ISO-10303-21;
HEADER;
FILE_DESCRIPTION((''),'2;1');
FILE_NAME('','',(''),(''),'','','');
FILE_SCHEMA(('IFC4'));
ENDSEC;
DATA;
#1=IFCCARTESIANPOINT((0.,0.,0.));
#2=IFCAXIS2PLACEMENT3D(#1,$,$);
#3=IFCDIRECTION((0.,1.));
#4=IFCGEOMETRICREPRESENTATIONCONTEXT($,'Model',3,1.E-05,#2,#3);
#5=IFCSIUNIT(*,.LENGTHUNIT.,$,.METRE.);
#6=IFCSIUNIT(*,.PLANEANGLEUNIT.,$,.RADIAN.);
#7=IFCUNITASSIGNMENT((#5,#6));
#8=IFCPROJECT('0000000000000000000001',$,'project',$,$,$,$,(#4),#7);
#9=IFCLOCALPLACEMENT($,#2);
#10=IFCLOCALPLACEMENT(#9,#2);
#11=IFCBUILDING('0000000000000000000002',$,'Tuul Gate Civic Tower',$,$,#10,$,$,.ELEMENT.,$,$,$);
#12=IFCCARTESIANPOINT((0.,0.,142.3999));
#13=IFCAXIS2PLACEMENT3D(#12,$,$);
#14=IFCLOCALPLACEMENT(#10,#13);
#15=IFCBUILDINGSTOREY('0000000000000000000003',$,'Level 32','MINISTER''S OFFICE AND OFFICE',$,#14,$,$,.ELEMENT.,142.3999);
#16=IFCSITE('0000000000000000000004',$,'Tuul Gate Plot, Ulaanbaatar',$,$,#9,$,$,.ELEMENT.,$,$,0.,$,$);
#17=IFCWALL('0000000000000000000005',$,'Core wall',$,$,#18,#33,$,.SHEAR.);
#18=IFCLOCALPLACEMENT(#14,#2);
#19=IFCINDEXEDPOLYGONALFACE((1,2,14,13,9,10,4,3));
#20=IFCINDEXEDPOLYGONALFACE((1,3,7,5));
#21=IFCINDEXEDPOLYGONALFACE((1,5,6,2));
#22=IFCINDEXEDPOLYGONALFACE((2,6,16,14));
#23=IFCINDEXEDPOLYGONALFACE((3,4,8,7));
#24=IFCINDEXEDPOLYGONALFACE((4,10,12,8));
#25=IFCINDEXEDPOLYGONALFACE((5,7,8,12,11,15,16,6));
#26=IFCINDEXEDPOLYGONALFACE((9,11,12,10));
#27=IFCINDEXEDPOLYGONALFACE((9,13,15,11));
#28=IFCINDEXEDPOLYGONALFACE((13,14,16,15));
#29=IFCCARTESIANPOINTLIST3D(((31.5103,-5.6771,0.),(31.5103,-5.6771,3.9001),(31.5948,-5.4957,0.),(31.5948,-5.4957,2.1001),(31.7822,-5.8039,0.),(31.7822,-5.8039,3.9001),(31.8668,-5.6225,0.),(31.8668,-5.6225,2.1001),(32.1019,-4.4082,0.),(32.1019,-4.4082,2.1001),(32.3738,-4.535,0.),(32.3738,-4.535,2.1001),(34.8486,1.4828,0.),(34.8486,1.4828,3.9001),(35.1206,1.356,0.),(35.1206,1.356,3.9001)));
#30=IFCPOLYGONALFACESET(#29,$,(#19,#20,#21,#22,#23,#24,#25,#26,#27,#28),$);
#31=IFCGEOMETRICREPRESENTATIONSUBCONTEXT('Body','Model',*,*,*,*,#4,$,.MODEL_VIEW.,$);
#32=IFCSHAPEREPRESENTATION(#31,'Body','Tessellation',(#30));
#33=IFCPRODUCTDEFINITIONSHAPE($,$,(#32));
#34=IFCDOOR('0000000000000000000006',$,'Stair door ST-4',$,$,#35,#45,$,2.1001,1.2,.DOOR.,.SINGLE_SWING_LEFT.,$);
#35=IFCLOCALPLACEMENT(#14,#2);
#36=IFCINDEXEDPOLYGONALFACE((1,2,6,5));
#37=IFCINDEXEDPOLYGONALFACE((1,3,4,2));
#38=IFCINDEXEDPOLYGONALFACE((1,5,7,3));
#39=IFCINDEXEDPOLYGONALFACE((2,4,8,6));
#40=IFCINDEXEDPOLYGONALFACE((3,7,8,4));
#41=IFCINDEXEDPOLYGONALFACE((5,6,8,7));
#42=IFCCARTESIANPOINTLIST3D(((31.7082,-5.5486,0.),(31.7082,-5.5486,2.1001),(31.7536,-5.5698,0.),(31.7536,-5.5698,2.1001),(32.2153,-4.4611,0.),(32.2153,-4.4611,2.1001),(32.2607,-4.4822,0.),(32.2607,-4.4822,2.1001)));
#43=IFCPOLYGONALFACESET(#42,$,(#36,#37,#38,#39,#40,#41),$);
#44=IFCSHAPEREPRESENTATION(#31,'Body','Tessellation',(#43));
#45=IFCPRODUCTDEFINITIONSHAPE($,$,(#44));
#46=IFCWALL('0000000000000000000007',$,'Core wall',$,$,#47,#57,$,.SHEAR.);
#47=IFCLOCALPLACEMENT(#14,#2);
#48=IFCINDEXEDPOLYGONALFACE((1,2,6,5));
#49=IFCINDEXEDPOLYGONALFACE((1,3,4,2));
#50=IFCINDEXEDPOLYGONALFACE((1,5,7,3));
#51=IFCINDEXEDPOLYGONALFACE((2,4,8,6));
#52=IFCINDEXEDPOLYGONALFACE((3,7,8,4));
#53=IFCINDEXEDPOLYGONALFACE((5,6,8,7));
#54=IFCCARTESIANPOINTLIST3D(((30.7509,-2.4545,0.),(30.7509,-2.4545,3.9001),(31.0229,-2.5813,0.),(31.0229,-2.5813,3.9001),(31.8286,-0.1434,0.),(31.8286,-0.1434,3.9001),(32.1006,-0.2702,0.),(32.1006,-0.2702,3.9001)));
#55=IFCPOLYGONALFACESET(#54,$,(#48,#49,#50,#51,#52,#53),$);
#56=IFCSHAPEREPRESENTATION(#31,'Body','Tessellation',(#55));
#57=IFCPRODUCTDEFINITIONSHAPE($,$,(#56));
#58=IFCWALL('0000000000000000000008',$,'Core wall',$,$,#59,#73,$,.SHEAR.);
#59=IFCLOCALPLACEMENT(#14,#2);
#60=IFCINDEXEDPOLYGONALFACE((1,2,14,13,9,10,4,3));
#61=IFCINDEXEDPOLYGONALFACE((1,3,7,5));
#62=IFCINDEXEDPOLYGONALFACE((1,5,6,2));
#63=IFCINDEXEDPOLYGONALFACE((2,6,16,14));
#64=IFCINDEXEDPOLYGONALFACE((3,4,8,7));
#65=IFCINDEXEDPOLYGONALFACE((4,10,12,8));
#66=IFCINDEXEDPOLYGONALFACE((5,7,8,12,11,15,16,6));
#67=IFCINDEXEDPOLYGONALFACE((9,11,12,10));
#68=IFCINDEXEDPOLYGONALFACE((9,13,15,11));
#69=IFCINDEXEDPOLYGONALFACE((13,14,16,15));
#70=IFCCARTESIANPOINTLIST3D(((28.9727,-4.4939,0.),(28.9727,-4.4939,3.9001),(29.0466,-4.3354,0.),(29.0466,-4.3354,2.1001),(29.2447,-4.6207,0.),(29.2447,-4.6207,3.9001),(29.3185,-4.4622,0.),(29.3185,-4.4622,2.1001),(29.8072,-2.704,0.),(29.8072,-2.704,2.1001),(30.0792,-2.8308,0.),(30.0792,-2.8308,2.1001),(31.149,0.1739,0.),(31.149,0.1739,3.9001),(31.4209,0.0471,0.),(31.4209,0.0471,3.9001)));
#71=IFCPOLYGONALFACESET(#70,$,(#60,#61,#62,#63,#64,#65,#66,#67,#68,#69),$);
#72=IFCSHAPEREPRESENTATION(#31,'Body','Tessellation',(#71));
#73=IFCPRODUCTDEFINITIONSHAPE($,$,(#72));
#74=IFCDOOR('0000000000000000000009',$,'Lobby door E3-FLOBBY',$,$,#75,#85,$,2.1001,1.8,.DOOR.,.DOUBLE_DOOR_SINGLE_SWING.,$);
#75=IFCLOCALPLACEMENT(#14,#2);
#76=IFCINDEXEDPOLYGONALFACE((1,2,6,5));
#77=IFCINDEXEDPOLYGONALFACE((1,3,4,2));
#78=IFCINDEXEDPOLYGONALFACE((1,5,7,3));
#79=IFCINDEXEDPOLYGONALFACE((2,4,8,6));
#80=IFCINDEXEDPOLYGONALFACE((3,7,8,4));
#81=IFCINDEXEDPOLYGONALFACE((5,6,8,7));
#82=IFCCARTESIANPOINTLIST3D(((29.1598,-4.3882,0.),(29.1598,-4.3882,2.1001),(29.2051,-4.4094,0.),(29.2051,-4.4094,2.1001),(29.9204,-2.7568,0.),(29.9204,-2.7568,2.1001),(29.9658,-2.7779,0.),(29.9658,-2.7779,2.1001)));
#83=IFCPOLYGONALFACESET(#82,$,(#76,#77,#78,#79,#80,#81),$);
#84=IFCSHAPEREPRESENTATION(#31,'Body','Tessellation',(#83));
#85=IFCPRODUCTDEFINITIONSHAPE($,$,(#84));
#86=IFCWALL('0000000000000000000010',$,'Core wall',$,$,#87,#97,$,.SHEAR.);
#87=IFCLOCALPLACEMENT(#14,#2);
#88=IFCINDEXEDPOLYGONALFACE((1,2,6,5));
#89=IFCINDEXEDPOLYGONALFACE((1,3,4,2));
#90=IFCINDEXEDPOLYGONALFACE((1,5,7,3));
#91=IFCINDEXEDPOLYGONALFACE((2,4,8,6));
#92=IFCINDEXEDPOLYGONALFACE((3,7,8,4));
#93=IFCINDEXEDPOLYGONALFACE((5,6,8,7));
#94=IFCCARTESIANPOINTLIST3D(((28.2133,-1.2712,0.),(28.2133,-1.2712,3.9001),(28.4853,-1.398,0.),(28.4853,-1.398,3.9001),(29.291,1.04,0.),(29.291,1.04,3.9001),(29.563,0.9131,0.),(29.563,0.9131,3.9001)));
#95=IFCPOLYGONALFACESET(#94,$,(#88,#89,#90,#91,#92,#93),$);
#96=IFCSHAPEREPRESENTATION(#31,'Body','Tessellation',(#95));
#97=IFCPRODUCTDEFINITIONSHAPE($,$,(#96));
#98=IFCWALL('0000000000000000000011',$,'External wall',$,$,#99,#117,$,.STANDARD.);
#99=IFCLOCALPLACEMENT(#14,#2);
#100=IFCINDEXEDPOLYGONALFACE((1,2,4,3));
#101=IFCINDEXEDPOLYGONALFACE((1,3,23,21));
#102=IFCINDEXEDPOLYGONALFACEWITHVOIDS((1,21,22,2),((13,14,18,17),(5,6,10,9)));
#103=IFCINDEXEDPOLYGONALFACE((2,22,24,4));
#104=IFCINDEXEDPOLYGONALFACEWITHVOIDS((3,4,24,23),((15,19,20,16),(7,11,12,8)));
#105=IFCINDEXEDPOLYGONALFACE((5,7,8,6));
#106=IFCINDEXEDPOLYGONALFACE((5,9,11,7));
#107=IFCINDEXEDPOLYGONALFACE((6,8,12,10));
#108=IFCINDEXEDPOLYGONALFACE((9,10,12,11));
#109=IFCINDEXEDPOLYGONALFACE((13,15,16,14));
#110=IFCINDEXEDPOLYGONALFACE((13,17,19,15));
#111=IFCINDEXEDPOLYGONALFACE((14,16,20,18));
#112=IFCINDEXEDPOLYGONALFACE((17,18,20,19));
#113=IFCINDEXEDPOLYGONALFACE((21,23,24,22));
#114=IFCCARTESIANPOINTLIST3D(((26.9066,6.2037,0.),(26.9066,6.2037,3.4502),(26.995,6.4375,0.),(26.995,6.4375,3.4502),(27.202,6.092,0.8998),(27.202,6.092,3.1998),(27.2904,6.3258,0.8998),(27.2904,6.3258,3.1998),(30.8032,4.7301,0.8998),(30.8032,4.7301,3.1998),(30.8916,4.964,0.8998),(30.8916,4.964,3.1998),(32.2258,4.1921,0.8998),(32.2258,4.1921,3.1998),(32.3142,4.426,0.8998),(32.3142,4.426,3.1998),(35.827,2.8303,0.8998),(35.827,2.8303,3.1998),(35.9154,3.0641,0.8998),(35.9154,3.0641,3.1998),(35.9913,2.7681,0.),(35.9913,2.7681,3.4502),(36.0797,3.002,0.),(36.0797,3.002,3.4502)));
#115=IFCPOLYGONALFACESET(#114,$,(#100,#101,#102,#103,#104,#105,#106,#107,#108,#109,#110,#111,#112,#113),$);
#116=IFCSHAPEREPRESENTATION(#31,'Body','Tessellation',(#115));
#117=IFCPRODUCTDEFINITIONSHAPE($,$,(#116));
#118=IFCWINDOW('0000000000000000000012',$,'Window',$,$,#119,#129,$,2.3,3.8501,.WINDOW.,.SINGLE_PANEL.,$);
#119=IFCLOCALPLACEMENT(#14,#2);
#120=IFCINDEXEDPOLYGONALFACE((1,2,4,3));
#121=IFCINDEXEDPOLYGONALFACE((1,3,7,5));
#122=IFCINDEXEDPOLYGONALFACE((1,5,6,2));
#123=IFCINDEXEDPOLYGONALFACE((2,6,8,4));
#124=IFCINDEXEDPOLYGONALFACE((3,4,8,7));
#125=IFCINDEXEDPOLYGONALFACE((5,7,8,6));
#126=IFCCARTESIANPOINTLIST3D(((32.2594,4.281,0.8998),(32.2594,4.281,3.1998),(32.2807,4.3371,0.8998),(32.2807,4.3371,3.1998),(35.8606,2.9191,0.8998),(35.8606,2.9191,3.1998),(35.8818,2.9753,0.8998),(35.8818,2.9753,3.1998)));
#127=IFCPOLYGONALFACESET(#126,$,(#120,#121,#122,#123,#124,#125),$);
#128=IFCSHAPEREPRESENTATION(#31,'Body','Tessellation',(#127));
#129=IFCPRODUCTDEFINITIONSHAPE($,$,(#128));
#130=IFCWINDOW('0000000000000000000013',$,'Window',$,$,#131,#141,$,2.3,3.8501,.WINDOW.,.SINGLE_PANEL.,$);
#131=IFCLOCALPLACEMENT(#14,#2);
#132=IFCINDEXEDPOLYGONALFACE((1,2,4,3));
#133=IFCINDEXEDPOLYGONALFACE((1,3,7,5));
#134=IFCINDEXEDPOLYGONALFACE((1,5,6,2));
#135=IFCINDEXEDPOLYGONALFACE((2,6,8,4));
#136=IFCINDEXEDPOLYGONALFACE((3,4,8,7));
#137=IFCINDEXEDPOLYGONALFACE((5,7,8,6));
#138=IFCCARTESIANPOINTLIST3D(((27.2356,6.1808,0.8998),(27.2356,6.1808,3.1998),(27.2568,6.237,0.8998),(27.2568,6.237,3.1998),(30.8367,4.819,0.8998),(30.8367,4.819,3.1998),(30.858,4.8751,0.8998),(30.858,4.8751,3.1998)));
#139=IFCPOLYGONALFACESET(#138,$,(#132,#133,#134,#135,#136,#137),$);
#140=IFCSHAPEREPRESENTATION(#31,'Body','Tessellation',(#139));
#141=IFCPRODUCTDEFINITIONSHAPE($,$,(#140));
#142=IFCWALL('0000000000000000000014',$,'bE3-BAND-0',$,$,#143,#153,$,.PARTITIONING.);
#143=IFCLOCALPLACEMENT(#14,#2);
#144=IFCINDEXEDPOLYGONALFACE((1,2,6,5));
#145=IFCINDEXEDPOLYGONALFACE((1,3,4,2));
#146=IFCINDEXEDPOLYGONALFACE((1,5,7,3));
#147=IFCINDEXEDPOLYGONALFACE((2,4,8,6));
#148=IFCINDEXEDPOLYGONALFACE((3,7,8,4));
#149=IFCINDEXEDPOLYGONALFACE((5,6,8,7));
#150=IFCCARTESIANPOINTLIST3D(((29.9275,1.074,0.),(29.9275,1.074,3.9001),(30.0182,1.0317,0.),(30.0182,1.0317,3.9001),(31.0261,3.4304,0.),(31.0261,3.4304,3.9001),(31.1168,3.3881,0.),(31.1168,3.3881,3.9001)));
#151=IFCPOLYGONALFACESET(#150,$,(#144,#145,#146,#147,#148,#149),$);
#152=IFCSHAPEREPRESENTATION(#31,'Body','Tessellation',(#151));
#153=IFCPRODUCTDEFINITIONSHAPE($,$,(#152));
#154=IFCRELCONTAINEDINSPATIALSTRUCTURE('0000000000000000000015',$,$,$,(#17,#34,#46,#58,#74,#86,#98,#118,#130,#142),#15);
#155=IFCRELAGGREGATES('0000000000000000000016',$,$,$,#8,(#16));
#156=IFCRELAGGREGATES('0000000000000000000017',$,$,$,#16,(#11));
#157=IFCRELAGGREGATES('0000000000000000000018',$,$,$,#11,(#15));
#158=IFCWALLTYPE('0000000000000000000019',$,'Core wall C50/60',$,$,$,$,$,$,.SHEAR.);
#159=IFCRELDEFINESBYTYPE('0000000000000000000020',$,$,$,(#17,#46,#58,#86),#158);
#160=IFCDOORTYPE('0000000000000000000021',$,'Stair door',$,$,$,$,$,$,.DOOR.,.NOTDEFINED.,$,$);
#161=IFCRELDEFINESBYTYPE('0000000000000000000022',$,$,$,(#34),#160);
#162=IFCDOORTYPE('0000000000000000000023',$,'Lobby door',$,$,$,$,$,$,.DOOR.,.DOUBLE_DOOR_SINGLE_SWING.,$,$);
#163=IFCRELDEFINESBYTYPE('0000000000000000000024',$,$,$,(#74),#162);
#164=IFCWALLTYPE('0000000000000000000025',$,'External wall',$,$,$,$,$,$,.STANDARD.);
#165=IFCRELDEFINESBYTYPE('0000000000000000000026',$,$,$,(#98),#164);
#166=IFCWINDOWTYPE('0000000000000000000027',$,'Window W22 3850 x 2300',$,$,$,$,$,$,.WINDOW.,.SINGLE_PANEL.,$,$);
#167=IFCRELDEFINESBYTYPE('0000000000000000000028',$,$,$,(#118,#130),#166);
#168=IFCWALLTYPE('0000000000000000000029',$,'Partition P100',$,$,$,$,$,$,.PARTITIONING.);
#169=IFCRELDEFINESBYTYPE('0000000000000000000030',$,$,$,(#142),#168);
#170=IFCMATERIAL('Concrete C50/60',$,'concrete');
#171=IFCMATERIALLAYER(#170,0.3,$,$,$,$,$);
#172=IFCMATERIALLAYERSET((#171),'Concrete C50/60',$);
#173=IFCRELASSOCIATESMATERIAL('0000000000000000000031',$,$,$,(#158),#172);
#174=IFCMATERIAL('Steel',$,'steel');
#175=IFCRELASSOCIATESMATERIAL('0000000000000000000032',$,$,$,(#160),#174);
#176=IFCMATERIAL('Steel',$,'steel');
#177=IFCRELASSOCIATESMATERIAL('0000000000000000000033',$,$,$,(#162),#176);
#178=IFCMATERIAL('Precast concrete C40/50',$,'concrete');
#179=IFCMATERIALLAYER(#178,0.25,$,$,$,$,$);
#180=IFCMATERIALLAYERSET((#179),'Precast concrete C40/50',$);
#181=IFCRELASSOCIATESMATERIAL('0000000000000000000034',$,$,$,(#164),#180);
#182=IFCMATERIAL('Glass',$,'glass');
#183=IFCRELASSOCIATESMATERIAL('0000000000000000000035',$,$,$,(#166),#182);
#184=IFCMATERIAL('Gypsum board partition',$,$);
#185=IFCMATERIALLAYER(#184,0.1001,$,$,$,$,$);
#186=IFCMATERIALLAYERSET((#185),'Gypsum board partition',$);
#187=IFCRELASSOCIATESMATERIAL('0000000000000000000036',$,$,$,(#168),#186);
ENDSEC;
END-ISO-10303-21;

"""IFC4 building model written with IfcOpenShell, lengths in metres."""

from ifc_helpers import new_model, si_unit, direction, frame, frame_2d, origin, place, context, subcontext, project, spatial, rectangle, extrude, material, layer, layer_set, type_object, element, fill, save


model = new_model("IFC4")

# Units and contexts
model_context = context("Model", 3, precision=1e-05, world=origin(), true_north=direction((0.0, 1.0)))
body_context = subcontext(model_context, "Body", "Model", "MODEL_VIEW")
ifc_project = project(units=[si_unit("LENGTHUNIT", "METRE"), si_unit("PLANEANGLEUNIT", "RADIAN")], contexts=[model_context])

# Site, building, storey
site_placement = place(None, origin())
site = spatial("IfcSite", under=ifc_project, at=site_placement, Name="Tuul Gate Plot, Ulaanbaatar", CompositionType="ELEMENT", RefElevation=0.0)
building_placement = place(site_placement, origin())
building = spatial("IfcBuilding", under=site, at=building_placement, Name="Tuul Gate Civic Tower", CompositionType="ELEMENT")
storey_placement = place(building_placement, frame((0.0, 0.0, 142.3999)))
storey = spatial("IfcBuildingStorey", under=building, at=storey_placement, Name="Level 32", Description="MINISTER'S OFFICE AND OFFICE", CompositionType="ELEMENT", Elevation=142.3999)

# Shared definitions
ifc_material_1 = material(Name="Concrete C50/60", Category="concrete")
ifc_layer_1 = layer(ifc_material_1, 0.3)
ifc_layer_set_1 = layer_set([ifc_layer_1], Name="Concrete C50/60")
wall_type_1 = type_object("IfcWallType", Name="Core wall C50/60", PredefinedType="SHEAR", material=ifc_layer_set_1)

# Wall, opening, door
wall_1_placement = place(storey_placement, frame((31.6462, -5.7405, 0.0), z_axis=(0.0, 0.0, 1.0), x_axis=(0.422583, 0.906324, 0.0)))
wall_1 = element("IfcWall", 1, at=wall_1_placement, inside=storey, type_object=wall_type_1, Name="Core wall", PredefinedType="SHEAR", context=body_context, shape_type="SweptSolid", body=[
    extrude(rectangle(XDim=7.8999, YDim=0.3, at=frame_2d((3.95, 0.0))), origin(), (0.0, 0.0, 1.0), 3.9001),
])
opening_1_placement = place(wall_1_placement, frame((0.2, 0.0, 0.0)))
opening_1 = element("IfcOpeningElement", 2, at=opening_1_placement, cuts=wall_1, PredefinedType="OPENING", context=body_context, shape_type="SweptSolid", body=[
    extrude(rectangle(XDim=1.2, YDim=2.1001, at=frame_2d((0.6001, 1.05))), frame((0.0, 0.1602, 0.0), z_axis=(0.0, -1.0, 0.0), x_axis=(1.0, 0.0, 0.0)), (0.0, 0.0, 1.0), 0.3201),
])
ifc_material_2 = material(Name="Steel", Category="steel")
door_type_1 = type_object("IfcDoorType", Name="Stair door", OperationType="NOTDEFINED", PredefinedType="DOOR", material=ifc_material_2)
door_1_placement = place(opening_1_placement, origin())
door_1 = element("IfcDoor", 3, at=door_1_placement, inside=storey, type_object=door_type_1, Name="Stair door ST-4", OperationType="SINGLE_SWING_LEFT", OverallHeight=2.1001, OverallWidth=1.2, PredefinedType="DOOR", context=body_context, shape_type="SweptSolid", body=[
    extrude(rectangle(XDim=1.2, YDim=2.1001, at=frame_2d((0.6001, 1.05))), frame((0.0, 0.0249, 0.0), z_axis=(0.0, -1.0, 0.0), x_axis=(1.0, 0.0, 0.0)), (0.0, 0.0, 1.0), 0.05),
])
fill(opening_1, door_1)

# Wall
wall_2_placement = place(storey_placement, frame((30.887, -2.5178, 0.0), z_axis=(0.0, 0.0, 1.0), x_axis=(0.422613, 0.90631, 0.0)))
element("IfcWall", 4, at=wall_2_placement, inside=storey, type_object=wall_type_1, Name="Core wall", PredefinedType="SHEAR", context=body_context, shape_type="SweptSolid", body=[
    extrude(rectangle(XDim=2.55, YDim=0.3, at=frame_2d((1.2749, 0.0))), origin(), (0.0, 0.0, 1.0), 3.9001),
])

# Wall, opening, door
wall_3_placement = place(storey_placement, frame((29.1086, -4.5574, 0.0), z_axis=(0.0, 0.0, 1.0), x_axis=(0.422566, 0.906332, 0.0)))
wall_3 = element("IfcWall", 5, at=wall_3_placement, inside=storey, type_object=wall_type_1, Name="Core wall", PredefinedType="SHEAR", context=body_context, shape_type="SweptSolid", body=[
    extrude(rectangle(XDim=5.1501, YDim=0.3, at=frame_2d((2.5752, 0.0))), origin(), (0.0, 0.0, 1.0), 3.9001),
])
opening_2_placement = place(wall_3_placement, frame((0.175, 0.0, 0.0)))
opening_2 = element("IfcOpeningElement", 6, at=opening_2_placement, cuts=wall_3, PredefinedType="OPENING", context=body_context, shape_type="SweptSolid", body=[
    extrude(rectangle(XDim=1.8, YDim=2.1001, at=frame_2d((0.8999, 1.05))), frame((0.0, 0.1602, 0.0), z_axis=(0.0, -1.0, 0.0), x_axis=(1.0, 0.0, 0.0)), (0.0, 0.0, 1.0), 0.3201),
])
ifc_material_3 = material(Name="Steel", Category="steel")
door_type_2 = type_object("IfcDoorType", Name="Lobby door", OperationType="DOUBLE_DOOR_SINGLE_SWING", PredefinedType="DOOR", material=ifc_material_3)
door_2_placement = place(opening_2_placement, frame((1.8, 0.0, 0.0), z_axis=(0.0, 0.0, 1.0), x_axis=(-1.0, 0.0, 0.0)))
door_2 = element("IfcDoor", 7, at=door_2_placement, inside=storey, type_object=door_type_2, Name="Lobby door E3-FLOBBY", OperationType="DOUBLE_DOOR_SINGLE_SWING", OverallHeight=2.1001, OverallWidth=1.8, PredefinedType="DOOR", context=body_context, shape_type="SweptSolid", body=[
    extrude(rectangle(XDim=1.8, YDim=2.1001, at=frame_2d((0.9001, 1.05))), frame((0.0, 0.0249, 0.0), z_axis=(0.0, -1.0, 0.0), x_axis=(1.0, 0.0, 0.0)), (0.0, 0.0, 1.0), 0.05),
])
fill(opening_2, door_2)

# Wall
wall_4_placement = place(storey_placement, frame((28.3494, -1.3345, 0.0), z_axis=(0.0, 0.0, 1.0), x_axis=(0.422613, 0.90631, 0.0)))
element("IfcWall", 8, at=wall_4_placement, inside=storey, type_object=wall_type_1, Name="Core wall", PredefinedType="SHEAR", context=body_context, shape_type="SweptSolid", body=[
    extrude(rectangle(XDim=2.55, YDim=0.3, at=frame_2d((1.2749, 0.0))), origin(), (0.0, 0.0, 1.0), 3.9001),
])

# Wall, openings, windows
ifc_material_4 = material(Name="Precast concrete C40/50", Category="concrete")
ifc_layer_2 = layer(ifc_material_4, 0.25)
ifc_layer_set_2 = layer_set([ifc_layer_2], Name="Precast concrete C40/50")
wall_type_2 = type_object("IfcWallType", Name="External wall", PredefinedType="STANDARD", material=ifc_layer_set_2)
wall_5_placement = place(storey_placement, frame((36.0356, 2.885, 0.0), z_axis=(0.0, 0.0, 1.0), x_axis=(-0.935351, 0.35372, 0.0)))
wall_5 = element("IfcWall", 9, at=wall_5_placement, inside=storey, type_object=wall_type_2, Name="External wall", PredefinedType="STANDARD", context=body_context, shape_type="SweptSolid", body=[
    extrude(rectangle(XDim=9.7126, YDim=0.25, at=frame_2d((4.8564, 0.0))), origin(), (0.0, 0.0, 1.0), 3.4502),
])
opening_3_placement = place(wall_5_placement, frame((0.1758, 0.0, 0.8999)))
opening_3 = element("IfcOpeningElement", 10, at=opening_3_placement, cuts=wall_5, PredefinedType="OPENING", context=body_context, shape_type="SweptSolid", body=[
    extrude(rectangle(XDim=3.8501, YDim=2.3, at=frame_2d((1.925, 1.1499))), frame((0.0, 0.135, 0.0), z_axis=(0.0, -1.0, 0.0), x_axis=(1.0, 0.0, 0.0)), (0.0, 0.0, 1.0), 0.27),
])
opening_4_placement = place(wall_5_placement, frame((5.5469, 0.0, 0.8999)))
opening_4 = element("IfcOpeningElement", 11, at=opening_4_placement, cuts=wall_5, PredefinedType="OPENING", context=body_context, shape_type="SweptSolid", body=[
    extrude(rectangle(XDim=3.8501, YDim=2.3, at=frame_2d((1.925, 1.1499))), frame((0.0, 0.135, 0.0), z_axis=(0.0, -1.0, 0.0), x_axis=(1.0, 0.0, 0.0)), (0.0, 0.0, 1.0), 0.27),
])
ifc_material_5 = material(Name="Glass", Category="glass")
window_type = type_object("IfcWindowType", Name="Window W22 3850 x 2300", PartitioningType="SINGLE_PANEL", PredefinedType="WINDOW", material=ifc_material_5)
window_1_placement = place(opening_3_placement, origin())
window_1 = element("IfcWindow", 12, at=window_1_placement, inside=storey, type_object=window_type, Name="Window", OverallHeight=2.3, OverallWidth=3.8501, PartitioningType="SINGLE_PANEL", PredefinedType="WINDOW", context=body_context, shape_type="SweptSolid", body=[
    extrude(rectangle(XDim=3.8501, YDim=2.3, at=frame_2d((1.925, 1.1499))), frame((0.0, 0.03, 0.0), z_axis=(0.0, -1.0, 0.0), x_axis=(1.0, 0.0, 0.0)), (0.0, 0.0, 1.0), 0.0601),
])
fill(opening_3, window_1)
window_2_placement = place(opening_4_placement, origin())
window_2 = element("IfcWindow", 13, at=window_2_placement, inside=storey, type_object=window_type, Name="Window", OverallHeight=2.3, OverallWidth=3.8501, PartitioningType="SINGLE_PANEL", PredefinedType="WINDOW", context=body_context, shape_type="SweptSolid", body=[
    extrude(rectangle(XDim=3.8501, YDim=2.3, at=frame_2d((1.925, 1.1499))), frame((0.0, 0.03, 0.0), z_axis=(0.0, -1.0, 0.0), x_axis=(1.0, 0.0, 0.0)), (0.0, 0.0, 1.0), 0.0601),
])
fill(opening_4, window_2)

# Wall
ifc_material_6 = material(Name="Gypsum board partition")
ifc_layer_3 = layer(ifc_material_6, 0.1001)
ifc_layer_set_3 = layer_set([ifc_layer_3], Name="Gypsum board partition")
wall_type_3 = type_object("IfcWallType", Name="Partition P100", PredefinedType="PARTITIONING", material=ifc_layer_set_3)
wall_6_placement = place(storey_placement, frame((29.9729, 1.053, 0.0), z_axis=(0.0, 0.0, 1.0), x_axis=(0.422556, 0.906337, 0.0)))
element("IfcWall", 14, at=wall_6_placement, inside=storey, type_object=wall_type_3, Name="bE3-BAND-0", PredefinedType="PARTITIONING", context=body_context, shape_type="SweptSolid", body=[
    extrude(rectangle(XDim=2.5999, YDim=0.1001, at=frame_2d((1.2998, 0.0))), origin(), (0.0, 0.0, 1.0), 3.9001),
])

save(model, "model.ifc")
